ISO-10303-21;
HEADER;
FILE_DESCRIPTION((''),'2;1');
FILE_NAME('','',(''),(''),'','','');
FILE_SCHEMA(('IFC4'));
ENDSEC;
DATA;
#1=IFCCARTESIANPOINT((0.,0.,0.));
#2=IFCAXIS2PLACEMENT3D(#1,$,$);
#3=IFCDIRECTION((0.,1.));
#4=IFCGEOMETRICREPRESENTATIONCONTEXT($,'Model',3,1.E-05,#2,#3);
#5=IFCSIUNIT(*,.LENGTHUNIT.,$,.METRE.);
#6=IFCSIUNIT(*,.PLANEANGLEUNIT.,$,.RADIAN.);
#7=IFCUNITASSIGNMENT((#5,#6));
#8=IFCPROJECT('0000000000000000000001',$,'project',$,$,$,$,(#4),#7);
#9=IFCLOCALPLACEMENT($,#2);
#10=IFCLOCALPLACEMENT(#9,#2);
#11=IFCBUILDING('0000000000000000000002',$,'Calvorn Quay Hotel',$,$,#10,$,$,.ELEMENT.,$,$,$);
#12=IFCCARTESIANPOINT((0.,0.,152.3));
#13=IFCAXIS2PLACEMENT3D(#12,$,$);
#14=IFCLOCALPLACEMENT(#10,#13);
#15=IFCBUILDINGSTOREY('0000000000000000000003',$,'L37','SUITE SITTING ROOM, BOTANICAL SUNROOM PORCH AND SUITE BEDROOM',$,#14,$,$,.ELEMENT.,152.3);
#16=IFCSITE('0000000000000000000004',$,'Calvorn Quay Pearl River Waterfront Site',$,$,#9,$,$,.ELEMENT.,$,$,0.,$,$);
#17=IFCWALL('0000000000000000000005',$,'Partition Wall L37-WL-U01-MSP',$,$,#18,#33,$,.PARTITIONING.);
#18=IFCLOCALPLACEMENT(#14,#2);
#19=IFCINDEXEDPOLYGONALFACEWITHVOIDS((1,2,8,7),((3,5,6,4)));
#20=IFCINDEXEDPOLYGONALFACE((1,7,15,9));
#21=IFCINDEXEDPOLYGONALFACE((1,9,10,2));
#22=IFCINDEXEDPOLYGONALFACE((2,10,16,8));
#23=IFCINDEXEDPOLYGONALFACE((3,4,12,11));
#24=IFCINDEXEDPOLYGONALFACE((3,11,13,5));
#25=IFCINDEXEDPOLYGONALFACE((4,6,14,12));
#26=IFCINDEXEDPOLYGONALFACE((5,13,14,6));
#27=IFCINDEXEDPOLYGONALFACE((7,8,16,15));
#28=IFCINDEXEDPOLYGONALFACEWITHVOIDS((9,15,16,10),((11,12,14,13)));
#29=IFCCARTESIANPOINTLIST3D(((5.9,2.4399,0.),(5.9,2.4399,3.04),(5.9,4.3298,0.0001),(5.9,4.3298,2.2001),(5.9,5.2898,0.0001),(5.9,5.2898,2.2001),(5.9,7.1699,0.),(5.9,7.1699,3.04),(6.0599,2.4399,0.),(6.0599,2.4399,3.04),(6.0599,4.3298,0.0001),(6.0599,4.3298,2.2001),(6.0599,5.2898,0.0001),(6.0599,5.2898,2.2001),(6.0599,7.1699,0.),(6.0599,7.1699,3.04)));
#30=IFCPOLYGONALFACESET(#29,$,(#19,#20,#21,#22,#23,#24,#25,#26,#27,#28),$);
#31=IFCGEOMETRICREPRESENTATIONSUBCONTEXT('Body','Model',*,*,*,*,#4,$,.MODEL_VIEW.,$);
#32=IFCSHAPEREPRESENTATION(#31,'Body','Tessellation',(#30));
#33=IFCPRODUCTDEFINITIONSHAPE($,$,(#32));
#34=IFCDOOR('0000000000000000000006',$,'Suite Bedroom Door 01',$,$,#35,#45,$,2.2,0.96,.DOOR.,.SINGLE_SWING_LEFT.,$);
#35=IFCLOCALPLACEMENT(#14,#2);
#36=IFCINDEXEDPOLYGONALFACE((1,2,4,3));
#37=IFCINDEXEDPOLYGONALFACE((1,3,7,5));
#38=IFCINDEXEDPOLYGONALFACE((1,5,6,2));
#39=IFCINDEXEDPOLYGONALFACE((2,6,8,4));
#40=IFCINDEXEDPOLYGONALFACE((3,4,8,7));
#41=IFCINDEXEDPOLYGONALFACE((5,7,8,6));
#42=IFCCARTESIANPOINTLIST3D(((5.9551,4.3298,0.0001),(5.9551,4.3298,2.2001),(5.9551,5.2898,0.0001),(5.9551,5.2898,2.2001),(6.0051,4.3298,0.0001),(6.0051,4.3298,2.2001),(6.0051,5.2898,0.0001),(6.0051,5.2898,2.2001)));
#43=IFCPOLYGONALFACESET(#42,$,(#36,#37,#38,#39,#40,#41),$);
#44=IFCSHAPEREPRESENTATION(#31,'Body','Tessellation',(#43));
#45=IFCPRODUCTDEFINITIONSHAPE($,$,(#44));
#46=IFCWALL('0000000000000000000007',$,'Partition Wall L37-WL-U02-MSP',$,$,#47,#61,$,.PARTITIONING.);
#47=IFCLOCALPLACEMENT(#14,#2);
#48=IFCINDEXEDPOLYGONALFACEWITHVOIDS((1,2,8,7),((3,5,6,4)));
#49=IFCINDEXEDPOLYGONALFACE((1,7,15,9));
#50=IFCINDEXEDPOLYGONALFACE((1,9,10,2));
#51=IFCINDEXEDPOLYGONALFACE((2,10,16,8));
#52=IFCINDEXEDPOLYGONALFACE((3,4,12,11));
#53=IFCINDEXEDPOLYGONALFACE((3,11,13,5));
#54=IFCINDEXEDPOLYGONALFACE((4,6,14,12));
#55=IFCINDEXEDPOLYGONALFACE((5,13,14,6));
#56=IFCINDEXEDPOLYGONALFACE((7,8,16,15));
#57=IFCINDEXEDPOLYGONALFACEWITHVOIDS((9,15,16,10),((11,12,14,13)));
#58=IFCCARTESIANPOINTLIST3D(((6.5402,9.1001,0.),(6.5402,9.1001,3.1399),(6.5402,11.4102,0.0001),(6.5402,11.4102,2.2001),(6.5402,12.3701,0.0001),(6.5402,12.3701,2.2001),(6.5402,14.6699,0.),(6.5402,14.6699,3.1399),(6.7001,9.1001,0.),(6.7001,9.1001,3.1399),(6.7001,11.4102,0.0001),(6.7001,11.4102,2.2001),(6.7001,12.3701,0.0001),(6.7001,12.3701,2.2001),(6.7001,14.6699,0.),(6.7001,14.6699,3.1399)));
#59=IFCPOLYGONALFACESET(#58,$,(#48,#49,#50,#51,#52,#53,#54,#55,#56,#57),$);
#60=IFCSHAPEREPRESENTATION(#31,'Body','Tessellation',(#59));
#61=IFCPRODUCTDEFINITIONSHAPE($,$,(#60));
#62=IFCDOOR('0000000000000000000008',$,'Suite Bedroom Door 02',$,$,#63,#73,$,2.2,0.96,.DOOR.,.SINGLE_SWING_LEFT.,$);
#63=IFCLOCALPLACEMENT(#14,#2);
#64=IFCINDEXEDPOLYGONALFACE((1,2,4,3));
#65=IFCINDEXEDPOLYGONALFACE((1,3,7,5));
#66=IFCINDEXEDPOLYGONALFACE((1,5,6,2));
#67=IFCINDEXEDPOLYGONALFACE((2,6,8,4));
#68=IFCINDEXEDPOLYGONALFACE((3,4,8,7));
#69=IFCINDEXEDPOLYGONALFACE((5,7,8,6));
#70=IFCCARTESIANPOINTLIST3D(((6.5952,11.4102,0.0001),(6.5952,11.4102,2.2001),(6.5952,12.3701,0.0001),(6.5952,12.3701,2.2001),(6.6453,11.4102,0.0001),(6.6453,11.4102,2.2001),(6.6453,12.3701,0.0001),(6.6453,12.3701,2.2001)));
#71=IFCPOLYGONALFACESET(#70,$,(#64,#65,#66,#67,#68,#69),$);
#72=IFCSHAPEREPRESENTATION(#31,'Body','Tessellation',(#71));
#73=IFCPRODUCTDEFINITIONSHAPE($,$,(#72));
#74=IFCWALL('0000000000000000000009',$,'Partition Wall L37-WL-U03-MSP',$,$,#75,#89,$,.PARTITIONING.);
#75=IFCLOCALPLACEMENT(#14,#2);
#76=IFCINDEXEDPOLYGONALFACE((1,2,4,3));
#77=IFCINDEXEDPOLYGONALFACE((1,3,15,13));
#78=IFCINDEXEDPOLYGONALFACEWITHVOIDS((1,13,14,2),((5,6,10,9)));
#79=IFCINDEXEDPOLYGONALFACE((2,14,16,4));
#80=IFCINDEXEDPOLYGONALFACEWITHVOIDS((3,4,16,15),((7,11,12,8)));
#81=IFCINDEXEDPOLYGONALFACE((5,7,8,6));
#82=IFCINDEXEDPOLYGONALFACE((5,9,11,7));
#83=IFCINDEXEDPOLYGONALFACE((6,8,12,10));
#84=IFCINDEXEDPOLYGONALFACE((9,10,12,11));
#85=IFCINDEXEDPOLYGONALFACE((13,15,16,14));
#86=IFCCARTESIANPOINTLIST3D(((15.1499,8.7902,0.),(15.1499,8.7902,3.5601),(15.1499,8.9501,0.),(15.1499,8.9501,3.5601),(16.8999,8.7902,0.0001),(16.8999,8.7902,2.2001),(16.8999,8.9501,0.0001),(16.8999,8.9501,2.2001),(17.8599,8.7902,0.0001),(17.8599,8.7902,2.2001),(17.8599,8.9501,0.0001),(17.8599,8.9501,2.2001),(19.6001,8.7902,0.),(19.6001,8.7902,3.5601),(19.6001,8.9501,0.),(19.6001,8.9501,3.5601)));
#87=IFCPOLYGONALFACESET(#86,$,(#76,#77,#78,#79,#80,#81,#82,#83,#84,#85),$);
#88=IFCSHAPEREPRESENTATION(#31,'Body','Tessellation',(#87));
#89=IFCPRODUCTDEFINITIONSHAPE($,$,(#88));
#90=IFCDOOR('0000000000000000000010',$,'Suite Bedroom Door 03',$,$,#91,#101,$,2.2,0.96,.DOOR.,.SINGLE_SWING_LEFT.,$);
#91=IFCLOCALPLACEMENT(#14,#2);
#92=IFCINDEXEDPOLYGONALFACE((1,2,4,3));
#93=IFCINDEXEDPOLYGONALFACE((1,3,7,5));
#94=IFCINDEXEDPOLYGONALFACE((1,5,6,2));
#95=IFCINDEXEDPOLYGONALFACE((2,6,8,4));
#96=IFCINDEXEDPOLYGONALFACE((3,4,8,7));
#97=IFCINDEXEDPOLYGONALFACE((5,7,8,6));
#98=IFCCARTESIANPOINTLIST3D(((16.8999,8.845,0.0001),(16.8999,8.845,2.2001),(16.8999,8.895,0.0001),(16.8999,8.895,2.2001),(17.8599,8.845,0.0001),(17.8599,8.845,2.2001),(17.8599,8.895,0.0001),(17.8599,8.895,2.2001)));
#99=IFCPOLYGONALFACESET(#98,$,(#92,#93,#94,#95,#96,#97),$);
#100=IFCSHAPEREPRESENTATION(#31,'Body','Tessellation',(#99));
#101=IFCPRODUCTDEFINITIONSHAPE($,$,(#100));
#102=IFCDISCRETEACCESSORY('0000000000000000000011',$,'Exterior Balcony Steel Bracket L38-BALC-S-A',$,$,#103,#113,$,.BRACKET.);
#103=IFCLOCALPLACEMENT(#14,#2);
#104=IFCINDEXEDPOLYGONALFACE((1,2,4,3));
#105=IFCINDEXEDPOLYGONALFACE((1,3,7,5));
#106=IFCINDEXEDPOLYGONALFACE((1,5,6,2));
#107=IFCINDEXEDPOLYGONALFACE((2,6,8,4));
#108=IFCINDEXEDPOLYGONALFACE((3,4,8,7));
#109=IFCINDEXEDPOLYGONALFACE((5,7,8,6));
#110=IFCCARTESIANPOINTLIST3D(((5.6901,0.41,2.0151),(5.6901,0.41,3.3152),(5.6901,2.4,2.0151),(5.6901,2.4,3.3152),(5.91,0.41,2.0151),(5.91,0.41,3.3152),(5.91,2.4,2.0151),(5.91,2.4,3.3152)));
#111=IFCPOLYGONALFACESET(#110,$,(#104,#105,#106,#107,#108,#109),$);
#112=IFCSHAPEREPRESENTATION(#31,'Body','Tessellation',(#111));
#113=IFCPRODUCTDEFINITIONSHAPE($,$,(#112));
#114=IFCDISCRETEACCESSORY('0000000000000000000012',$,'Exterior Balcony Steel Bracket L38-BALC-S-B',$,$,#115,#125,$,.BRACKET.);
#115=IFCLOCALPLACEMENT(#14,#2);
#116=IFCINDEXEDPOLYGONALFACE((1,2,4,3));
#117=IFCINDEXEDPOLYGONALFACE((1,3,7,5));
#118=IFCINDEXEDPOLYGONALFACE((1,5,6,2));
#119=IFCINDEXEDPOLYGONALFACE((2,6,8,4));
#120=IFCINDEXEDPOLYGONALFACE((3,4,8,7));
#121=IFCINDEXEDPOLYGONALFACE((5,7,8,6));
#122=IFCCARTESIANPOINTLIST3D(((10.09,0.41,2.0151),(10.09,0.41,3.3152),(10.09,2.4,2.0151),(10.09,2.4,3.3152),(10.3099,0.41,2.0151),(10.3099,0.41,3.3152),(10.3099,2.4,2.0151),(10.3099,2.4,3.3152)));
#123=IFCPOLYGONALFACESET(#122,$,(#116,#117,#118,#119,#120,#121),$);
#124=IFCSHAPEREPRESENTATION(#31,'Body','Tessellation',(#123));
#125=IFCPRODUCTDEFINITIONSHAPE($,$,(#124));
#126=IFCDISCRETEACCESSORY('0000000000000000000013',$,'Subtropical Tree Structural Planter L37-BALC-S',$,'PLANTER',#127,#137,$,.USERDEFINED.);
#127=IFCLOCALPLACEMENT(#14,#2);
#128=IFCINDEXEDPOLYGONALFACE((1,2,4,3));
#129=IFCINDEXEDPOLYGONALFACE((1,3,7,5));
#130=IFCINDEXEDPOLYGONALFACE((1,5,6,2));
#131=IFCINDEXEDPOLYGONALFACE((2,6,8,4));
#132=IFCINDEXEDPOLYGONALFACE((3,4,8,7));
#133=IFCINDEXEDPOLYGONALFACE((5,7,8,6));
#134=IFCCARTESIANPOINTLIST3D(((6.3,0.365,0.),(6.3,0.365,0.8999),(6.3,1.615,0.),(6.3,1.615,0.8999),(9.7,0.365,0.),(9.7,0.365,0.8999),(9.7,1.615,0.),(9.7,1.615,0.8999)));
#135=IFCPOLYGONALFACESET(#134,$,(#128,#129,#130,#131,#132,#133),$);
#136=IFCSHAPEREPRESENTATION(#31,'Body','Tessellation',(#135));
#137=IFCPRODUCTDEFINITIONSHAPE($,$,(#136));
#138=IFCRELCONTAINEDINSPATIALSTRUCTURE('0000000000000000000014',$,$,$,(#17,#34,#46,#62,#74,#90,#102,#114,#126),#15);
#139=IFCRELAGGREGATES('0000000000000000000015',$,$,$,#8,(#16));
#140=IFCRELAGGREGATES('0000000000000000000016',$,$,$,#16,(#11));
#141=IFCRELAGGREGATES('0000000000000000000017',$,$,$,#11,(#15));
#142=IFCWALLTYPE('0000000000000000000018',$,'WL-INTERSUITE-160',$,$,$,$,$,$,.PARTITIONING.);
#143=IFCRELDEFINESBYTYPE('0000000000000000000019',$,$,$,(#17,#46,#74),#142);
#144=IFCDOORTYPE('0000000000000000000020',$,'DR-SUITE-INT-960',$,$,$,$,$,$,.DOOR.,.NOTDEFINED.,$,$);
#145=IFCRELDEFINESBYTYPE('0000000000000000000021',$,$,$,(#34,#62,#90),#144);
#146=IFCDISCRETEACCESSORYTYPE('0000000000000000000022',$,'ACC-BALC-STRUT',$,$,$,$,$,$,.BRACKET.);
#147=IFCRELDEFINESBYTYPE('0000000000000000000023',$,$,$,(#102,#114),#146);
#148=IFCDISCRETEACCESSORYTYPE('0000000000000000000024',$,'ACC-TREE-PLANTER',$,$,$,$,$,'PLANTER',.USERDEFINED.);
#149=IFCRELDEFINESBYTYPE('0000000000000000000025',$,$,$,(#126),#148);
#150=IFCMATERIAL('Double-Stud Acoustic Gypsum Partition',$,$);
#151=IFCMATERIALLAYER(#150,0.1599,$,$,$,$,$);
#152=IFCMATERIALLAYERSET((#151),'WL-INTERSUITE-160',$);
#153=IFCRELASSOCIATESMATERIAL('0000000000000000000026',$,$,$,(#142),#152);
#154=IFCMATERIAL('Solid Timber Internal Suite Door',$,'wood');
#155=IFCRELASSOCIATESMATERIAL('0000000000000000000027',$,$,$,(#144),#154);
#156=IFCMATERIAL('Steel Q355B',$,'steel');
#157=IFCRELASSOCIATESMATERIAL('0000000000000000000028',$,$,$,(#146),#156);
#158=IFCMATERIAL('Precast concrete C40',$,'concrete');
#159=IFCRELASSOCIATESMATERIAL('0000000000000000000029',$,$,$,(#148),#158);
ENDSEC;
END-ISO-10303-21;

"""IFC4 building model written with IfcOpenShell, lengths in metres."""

from ifc_helpers import new_model, si_unit, direction, frame, frame_2d, origin, origin_2d, place, context, subcontext, project, spatial, rectangle, extrude, material, layer, layer_set, type_object, element, fill, save


model = new_model("IFC4")

# Units and contexts
model_context = context("Model", 3, precision=1e-05, world=origin(), true_north=direction((0.0, 1.0)))
body_context = subcontext(model_context, "Body", "Model", "MODEL_VIEW")
ifc_project = project(units=[si_unit("LENGTHUNIT", "METRE"), si_unit("PLANEANGLEUNIT", "RADIAN")], contexts=[model_context])

# Site, building, storey
site_placement = place(None, origin())
site = spatial("IfcSite", under=ifc_project, at=site_placement, Name="Calvorn Quay Pearl River Waterfront Site", CompositionType="ELEMENT", RefElevation=0.0)
building_placement = place(site_placement, origin())
building = spatial("IfcBuilding", under=site, at=building_placement, Name="Calvorn Quay Hotel", CompositionType="ELEMENT")
storey_placement = place(building_placement, frame((0.0, 0.0, 152.3)))
storey = spatial("IfcBuildingStorey", under=building, at=storey_placement, Name="L37", Description="SUITE SITTING ROOM, BOTANICAL SUNROOM PORCH AND SUITE BEDROOM", CompositionType="ELEMENT", Elevation=152.3)

# Walls, openings, doors
ifc_material_1 = material(Name="Double-Stud Acoustic Gypsum Partition")
ifc_layer_1 = layer(ifc_material_1, 0.1599)
ifc_layer_set_1 = layer_set([ifc_layer_1], Name="WL-INTERSUITE-160")
wall_type_1 = type_object("IfcWallType", Name="WL-INTERSUITE-160", PredefinedType="PARTITIONING", material=ifc_layer_set_1)
wall_1_placement = place(storey_placement, frame((5.98, 2.4399, 0.0), z_axis=(0.0, 0.0, 1.0), x_axis=(0.0, 1.0, 0.0)))
wall_1 = element("IfcWall", 1, at=wall_1_placement, inside=storey, type_object=wall_type_1, Name="Partition Wall L37-WL-U01-MSP", PredefinedType="PARTITIONING", context=body_context, shape_type="SweptSolid", body=[
    extrude(rectangle(XDim=4.73, YDim=0.1599, at=frame_2d((2.365, 0.0))), origin(), (0.0, 0.0, 1.0), 3.04),
])
opening_1_placement = place(wall_1_placement, frame((1.8899, 0.0, 0.0)))
opening_1 = element("IfcOpeningElement", 2, at=opening_1_placement, cuts=wall_1, PredefinedType="OPENING", context=body_context, shape_type="SweptSolid", body=[
    extrude(rectangle(XDim=0.96, YDim=2.2, at=frame_2d((0.48, 1.1001))), frame((0.0, 0.0898, 0.0), z_axis=(0.0, -1.0, 0.0), x_axis=(1.0, 0.0, 0.0)), (0.0, 0.0, 1.0), 0.1799),
])
ifc_material_2 = material(Name="Solid Timber Internal Suite Door", Category="wood")
door_type_1 = type_object("IfcDoorType", Name="DR-SUITE-INT-960", OperationType="NOTDEFINED", PredefinedType="DOOR", material=ifc_material_2)
door_1_placement = place(opening_1_placement, origin())
door_1 = element("IfcDoor", 3, at=door_1_placement, inside=storey, type_object=door_type_1, Name="Suite Bedroom Door 01", OperationType="SINGLE_SWING_LEFT", OverallHeight=2.2, OverallWidth=0.96, PredefinedType="DOOR", context=body_context, shape_type="SweptSolid", body=[
    extrude(rectangle(XDim=0.96, YDim=2.2, at=frame_2d((0.48, 1.1001))), frame((0.0, 0.0249, 0.0), z_axis=(0.0, -1.0, 0.0), x_axis=(1.0, 0.0, 0.0)), (0.0, 0.0, 1.0), 0.05),
])
fill(opening_1, door_1)
wall_2_placement = place(storey_placement, frame((6.6201, 9.1001, 0.0), z_axis=(0.0, 0.0, 1.0), x_axis=(0.0, 1.0, 0.0)))
wall_2 = element("IfcWall", 4, at=wall_2_placement, inside=storey, type_object=wall_type_1, Name="Partition Wall L37-WL-U02-MSP", PredefinedType="PARTITIONING", context=body_context, shape_type="SweptSolid", body=[
    extrude(rectangle(XDim=5.5698, YDim=0.1599, at=frame_2d((2.7849, 0.0))), origin(), (0.0, 0.0, 1.0), 3.1399),
])
opening_2_placement = place(wall_2_placement, frame((2.3101, 0.0, 0.0)))
opening_2 = element("IfcOpeningElement", 5, at=opening_2_placement, cuts=wall_2, PredefinedType="OPENING", context=body_context, shape_type="SweptSolid", body=[
    extrude(rectangle(XDim=0.96, YDim=2.2, at=frame_2d((0.48, 1.1001))), frame((0.0, 0.0898, 0.0), z_axis=(0.0, -1.0, 0.0), x_axis=(1.0, 0.0, 0.0)), (0.0, 0.0, 1.0), 0.1799),
])
door_2_placement = place(opening_2_placement, origin())
door_2 = element("IfcDoor", 6, at=door_2_placement, inside=storey, type_object=door_type_1, Name="Suite Bedroom Door 02", OperationType="SINGLE_SWING_LEFT", OverallHeight=2.2, OverallWidth=0.96, PredefinedType="DOOR", context=body_context, shape_type="SweptSolid", body=[
    extrude(rectangle(XDim=0.96, YDim=2.2, at=frame_2d((0.48, 1.1001))), frame((0.0, 0.0249, 0.0), z_axis=(0.0, -1.0, 0.0), x_axis=(1.0, 0.0, 0.0)), (0.0, 0.0, 1.0), 0.05),
])
fill(opening_2, door_2)
wall_3_placement = place(storey_placement, frame((15.1499, 8.8701, 0.0), z_axis=(0.0, 0.0, 1.0), x_axis=(1.0, 0.0, 0.0)))
wall_3 = element("IfcWall", 7, at=wall_3_placement, inside=storey, type_object=wall_type_1, Name="Partition Wall L37-WL-U03-MSP", PredefinedType="PARTITIONING", context=body_context, shape_type="SweptSolid", body=[
    extrude(rectangle(XDim=4.4502, YDim=0.1599, at=frame_2d((2.2251, 0.0))), origin(), (0.0, 0.0, 1.0), 3.5601),
])
opening_3_placement = place(wall_3_placement, frame((1.75, 0.0, 0.0)))
opening_3 = element("IfcOpeningElement", 8, at=opening_3_placement, cuts=wall_3, PredefinedType="OPENING", context=body_context, shape_type="SweptSolid", body=[
    extrude(rectangle(XDim=0.96, YDim=2.2, at=frame_2d((0.48, 1.1001))), frame((0.0, 0.0898, 0.0), z_axis=(0.0, -1.0, 0.0), x_axis=(1.0, 0.0, 0.0)), (0.0, 0.0, 1.0), 0.1799),
])
door_3_placement = place(opening_3_placement, origin())
door_3 = element("IfcDoor", 9, at=door_3_placement, inside=storey, type_object=door_type_1, Name="Suite Bedroom Door 03", OperationType="SINGLE_SWING_LEFT", OverallHeight=2.2, OverallWidth=0.96, PredefinedType="DOOR", context=body_context, shape_type="SweptSolid", body=[
    extrude(rectangle(XDim=0.96, YDim=2.2, at=frame_2d((0.48, 1.1001))), frame((0.0, 0.0249, 0.0), z_axis=(0.0, -1.0, 0.0), x_axis=(1.0, 0.0, 0.0)), (0.0, 0.0, 1.0), 0.05),
])
fill(opening_3, door_3)

# Discrete accessories
ifc_material_3 = material(Name="Steel Q355B", Category="steel")
discrete_accessory_type_1 = type_object("IfcDiscreteAccessoryType", Name="ACC-BALC-STRUT", PredefinedType="BRACKET", material=ifc_material_3)
for number, where, z_axis, x_axis, name in (
    (10, (5.8, 1.405, 2.0151), (0.0, 0.0, 1.0), (1.0, 0.0, 0.0), "Exterior Balcony Steel Bracket L38-BALC-S-A"),
    (11, (10.2, 1.405, 2.0151), (0.0, 0.0, 1.0), (1.0, 0.0, 0.0), "Exterior Balcony Steel Bracket L38-BALC-S-B"),
):
    element("IfcDiscreteAccessory", number, at=place(storey_placement, frame(where, z_axis=z_axis, x_axis=x_axis)), inside=storey, type_object=discrete_accessory_type_1, Name=name, PredefinedType="BRACKET", context=body_context, shape_type="SweptSolid", body=[
        extrude(rectangle(XDim=0.22, YDim=1.99, at=origin_2d()), origin(), (0.0, 0.0, 1.0), 1.3),
    ])
ifc_material_4 = material(Name="Precast concrete C40", Category="concrete")
discrete_accessory_type_2 = type_object("IfcDiscreteAccessoryType", Name="ACC-TREE-PLANTER", ElementType="PLANTER", PredefinedType="USERDEFINED", material=ifc_material_4)
discrete_accessory_placement = place(storey_placement, frame((8.0, 0.99, 0.0), z_axis=(0.0, 0.0, 1.0), x_axis=(1.0, 0.0, 0.0)))
element("IfcDiscreteAccessory", 12, at=discrete_accessory_placement, inside=storey, type_object=discrete_accessory_type_2, Name="Subtropical Tree Structural Planter L37-BALC-S", ObjectType="PLANTER", PredefinedType="USERDEFINED", context=body_context, shape_type="SweptSolid", body=[
    extrude(rectangle(XDim=3.3999, YDim=1.25, at=origin_2d()), origin(), (0.0, 0.0, 1.0), 0.8999),
])

save(model, "model.ifc")
